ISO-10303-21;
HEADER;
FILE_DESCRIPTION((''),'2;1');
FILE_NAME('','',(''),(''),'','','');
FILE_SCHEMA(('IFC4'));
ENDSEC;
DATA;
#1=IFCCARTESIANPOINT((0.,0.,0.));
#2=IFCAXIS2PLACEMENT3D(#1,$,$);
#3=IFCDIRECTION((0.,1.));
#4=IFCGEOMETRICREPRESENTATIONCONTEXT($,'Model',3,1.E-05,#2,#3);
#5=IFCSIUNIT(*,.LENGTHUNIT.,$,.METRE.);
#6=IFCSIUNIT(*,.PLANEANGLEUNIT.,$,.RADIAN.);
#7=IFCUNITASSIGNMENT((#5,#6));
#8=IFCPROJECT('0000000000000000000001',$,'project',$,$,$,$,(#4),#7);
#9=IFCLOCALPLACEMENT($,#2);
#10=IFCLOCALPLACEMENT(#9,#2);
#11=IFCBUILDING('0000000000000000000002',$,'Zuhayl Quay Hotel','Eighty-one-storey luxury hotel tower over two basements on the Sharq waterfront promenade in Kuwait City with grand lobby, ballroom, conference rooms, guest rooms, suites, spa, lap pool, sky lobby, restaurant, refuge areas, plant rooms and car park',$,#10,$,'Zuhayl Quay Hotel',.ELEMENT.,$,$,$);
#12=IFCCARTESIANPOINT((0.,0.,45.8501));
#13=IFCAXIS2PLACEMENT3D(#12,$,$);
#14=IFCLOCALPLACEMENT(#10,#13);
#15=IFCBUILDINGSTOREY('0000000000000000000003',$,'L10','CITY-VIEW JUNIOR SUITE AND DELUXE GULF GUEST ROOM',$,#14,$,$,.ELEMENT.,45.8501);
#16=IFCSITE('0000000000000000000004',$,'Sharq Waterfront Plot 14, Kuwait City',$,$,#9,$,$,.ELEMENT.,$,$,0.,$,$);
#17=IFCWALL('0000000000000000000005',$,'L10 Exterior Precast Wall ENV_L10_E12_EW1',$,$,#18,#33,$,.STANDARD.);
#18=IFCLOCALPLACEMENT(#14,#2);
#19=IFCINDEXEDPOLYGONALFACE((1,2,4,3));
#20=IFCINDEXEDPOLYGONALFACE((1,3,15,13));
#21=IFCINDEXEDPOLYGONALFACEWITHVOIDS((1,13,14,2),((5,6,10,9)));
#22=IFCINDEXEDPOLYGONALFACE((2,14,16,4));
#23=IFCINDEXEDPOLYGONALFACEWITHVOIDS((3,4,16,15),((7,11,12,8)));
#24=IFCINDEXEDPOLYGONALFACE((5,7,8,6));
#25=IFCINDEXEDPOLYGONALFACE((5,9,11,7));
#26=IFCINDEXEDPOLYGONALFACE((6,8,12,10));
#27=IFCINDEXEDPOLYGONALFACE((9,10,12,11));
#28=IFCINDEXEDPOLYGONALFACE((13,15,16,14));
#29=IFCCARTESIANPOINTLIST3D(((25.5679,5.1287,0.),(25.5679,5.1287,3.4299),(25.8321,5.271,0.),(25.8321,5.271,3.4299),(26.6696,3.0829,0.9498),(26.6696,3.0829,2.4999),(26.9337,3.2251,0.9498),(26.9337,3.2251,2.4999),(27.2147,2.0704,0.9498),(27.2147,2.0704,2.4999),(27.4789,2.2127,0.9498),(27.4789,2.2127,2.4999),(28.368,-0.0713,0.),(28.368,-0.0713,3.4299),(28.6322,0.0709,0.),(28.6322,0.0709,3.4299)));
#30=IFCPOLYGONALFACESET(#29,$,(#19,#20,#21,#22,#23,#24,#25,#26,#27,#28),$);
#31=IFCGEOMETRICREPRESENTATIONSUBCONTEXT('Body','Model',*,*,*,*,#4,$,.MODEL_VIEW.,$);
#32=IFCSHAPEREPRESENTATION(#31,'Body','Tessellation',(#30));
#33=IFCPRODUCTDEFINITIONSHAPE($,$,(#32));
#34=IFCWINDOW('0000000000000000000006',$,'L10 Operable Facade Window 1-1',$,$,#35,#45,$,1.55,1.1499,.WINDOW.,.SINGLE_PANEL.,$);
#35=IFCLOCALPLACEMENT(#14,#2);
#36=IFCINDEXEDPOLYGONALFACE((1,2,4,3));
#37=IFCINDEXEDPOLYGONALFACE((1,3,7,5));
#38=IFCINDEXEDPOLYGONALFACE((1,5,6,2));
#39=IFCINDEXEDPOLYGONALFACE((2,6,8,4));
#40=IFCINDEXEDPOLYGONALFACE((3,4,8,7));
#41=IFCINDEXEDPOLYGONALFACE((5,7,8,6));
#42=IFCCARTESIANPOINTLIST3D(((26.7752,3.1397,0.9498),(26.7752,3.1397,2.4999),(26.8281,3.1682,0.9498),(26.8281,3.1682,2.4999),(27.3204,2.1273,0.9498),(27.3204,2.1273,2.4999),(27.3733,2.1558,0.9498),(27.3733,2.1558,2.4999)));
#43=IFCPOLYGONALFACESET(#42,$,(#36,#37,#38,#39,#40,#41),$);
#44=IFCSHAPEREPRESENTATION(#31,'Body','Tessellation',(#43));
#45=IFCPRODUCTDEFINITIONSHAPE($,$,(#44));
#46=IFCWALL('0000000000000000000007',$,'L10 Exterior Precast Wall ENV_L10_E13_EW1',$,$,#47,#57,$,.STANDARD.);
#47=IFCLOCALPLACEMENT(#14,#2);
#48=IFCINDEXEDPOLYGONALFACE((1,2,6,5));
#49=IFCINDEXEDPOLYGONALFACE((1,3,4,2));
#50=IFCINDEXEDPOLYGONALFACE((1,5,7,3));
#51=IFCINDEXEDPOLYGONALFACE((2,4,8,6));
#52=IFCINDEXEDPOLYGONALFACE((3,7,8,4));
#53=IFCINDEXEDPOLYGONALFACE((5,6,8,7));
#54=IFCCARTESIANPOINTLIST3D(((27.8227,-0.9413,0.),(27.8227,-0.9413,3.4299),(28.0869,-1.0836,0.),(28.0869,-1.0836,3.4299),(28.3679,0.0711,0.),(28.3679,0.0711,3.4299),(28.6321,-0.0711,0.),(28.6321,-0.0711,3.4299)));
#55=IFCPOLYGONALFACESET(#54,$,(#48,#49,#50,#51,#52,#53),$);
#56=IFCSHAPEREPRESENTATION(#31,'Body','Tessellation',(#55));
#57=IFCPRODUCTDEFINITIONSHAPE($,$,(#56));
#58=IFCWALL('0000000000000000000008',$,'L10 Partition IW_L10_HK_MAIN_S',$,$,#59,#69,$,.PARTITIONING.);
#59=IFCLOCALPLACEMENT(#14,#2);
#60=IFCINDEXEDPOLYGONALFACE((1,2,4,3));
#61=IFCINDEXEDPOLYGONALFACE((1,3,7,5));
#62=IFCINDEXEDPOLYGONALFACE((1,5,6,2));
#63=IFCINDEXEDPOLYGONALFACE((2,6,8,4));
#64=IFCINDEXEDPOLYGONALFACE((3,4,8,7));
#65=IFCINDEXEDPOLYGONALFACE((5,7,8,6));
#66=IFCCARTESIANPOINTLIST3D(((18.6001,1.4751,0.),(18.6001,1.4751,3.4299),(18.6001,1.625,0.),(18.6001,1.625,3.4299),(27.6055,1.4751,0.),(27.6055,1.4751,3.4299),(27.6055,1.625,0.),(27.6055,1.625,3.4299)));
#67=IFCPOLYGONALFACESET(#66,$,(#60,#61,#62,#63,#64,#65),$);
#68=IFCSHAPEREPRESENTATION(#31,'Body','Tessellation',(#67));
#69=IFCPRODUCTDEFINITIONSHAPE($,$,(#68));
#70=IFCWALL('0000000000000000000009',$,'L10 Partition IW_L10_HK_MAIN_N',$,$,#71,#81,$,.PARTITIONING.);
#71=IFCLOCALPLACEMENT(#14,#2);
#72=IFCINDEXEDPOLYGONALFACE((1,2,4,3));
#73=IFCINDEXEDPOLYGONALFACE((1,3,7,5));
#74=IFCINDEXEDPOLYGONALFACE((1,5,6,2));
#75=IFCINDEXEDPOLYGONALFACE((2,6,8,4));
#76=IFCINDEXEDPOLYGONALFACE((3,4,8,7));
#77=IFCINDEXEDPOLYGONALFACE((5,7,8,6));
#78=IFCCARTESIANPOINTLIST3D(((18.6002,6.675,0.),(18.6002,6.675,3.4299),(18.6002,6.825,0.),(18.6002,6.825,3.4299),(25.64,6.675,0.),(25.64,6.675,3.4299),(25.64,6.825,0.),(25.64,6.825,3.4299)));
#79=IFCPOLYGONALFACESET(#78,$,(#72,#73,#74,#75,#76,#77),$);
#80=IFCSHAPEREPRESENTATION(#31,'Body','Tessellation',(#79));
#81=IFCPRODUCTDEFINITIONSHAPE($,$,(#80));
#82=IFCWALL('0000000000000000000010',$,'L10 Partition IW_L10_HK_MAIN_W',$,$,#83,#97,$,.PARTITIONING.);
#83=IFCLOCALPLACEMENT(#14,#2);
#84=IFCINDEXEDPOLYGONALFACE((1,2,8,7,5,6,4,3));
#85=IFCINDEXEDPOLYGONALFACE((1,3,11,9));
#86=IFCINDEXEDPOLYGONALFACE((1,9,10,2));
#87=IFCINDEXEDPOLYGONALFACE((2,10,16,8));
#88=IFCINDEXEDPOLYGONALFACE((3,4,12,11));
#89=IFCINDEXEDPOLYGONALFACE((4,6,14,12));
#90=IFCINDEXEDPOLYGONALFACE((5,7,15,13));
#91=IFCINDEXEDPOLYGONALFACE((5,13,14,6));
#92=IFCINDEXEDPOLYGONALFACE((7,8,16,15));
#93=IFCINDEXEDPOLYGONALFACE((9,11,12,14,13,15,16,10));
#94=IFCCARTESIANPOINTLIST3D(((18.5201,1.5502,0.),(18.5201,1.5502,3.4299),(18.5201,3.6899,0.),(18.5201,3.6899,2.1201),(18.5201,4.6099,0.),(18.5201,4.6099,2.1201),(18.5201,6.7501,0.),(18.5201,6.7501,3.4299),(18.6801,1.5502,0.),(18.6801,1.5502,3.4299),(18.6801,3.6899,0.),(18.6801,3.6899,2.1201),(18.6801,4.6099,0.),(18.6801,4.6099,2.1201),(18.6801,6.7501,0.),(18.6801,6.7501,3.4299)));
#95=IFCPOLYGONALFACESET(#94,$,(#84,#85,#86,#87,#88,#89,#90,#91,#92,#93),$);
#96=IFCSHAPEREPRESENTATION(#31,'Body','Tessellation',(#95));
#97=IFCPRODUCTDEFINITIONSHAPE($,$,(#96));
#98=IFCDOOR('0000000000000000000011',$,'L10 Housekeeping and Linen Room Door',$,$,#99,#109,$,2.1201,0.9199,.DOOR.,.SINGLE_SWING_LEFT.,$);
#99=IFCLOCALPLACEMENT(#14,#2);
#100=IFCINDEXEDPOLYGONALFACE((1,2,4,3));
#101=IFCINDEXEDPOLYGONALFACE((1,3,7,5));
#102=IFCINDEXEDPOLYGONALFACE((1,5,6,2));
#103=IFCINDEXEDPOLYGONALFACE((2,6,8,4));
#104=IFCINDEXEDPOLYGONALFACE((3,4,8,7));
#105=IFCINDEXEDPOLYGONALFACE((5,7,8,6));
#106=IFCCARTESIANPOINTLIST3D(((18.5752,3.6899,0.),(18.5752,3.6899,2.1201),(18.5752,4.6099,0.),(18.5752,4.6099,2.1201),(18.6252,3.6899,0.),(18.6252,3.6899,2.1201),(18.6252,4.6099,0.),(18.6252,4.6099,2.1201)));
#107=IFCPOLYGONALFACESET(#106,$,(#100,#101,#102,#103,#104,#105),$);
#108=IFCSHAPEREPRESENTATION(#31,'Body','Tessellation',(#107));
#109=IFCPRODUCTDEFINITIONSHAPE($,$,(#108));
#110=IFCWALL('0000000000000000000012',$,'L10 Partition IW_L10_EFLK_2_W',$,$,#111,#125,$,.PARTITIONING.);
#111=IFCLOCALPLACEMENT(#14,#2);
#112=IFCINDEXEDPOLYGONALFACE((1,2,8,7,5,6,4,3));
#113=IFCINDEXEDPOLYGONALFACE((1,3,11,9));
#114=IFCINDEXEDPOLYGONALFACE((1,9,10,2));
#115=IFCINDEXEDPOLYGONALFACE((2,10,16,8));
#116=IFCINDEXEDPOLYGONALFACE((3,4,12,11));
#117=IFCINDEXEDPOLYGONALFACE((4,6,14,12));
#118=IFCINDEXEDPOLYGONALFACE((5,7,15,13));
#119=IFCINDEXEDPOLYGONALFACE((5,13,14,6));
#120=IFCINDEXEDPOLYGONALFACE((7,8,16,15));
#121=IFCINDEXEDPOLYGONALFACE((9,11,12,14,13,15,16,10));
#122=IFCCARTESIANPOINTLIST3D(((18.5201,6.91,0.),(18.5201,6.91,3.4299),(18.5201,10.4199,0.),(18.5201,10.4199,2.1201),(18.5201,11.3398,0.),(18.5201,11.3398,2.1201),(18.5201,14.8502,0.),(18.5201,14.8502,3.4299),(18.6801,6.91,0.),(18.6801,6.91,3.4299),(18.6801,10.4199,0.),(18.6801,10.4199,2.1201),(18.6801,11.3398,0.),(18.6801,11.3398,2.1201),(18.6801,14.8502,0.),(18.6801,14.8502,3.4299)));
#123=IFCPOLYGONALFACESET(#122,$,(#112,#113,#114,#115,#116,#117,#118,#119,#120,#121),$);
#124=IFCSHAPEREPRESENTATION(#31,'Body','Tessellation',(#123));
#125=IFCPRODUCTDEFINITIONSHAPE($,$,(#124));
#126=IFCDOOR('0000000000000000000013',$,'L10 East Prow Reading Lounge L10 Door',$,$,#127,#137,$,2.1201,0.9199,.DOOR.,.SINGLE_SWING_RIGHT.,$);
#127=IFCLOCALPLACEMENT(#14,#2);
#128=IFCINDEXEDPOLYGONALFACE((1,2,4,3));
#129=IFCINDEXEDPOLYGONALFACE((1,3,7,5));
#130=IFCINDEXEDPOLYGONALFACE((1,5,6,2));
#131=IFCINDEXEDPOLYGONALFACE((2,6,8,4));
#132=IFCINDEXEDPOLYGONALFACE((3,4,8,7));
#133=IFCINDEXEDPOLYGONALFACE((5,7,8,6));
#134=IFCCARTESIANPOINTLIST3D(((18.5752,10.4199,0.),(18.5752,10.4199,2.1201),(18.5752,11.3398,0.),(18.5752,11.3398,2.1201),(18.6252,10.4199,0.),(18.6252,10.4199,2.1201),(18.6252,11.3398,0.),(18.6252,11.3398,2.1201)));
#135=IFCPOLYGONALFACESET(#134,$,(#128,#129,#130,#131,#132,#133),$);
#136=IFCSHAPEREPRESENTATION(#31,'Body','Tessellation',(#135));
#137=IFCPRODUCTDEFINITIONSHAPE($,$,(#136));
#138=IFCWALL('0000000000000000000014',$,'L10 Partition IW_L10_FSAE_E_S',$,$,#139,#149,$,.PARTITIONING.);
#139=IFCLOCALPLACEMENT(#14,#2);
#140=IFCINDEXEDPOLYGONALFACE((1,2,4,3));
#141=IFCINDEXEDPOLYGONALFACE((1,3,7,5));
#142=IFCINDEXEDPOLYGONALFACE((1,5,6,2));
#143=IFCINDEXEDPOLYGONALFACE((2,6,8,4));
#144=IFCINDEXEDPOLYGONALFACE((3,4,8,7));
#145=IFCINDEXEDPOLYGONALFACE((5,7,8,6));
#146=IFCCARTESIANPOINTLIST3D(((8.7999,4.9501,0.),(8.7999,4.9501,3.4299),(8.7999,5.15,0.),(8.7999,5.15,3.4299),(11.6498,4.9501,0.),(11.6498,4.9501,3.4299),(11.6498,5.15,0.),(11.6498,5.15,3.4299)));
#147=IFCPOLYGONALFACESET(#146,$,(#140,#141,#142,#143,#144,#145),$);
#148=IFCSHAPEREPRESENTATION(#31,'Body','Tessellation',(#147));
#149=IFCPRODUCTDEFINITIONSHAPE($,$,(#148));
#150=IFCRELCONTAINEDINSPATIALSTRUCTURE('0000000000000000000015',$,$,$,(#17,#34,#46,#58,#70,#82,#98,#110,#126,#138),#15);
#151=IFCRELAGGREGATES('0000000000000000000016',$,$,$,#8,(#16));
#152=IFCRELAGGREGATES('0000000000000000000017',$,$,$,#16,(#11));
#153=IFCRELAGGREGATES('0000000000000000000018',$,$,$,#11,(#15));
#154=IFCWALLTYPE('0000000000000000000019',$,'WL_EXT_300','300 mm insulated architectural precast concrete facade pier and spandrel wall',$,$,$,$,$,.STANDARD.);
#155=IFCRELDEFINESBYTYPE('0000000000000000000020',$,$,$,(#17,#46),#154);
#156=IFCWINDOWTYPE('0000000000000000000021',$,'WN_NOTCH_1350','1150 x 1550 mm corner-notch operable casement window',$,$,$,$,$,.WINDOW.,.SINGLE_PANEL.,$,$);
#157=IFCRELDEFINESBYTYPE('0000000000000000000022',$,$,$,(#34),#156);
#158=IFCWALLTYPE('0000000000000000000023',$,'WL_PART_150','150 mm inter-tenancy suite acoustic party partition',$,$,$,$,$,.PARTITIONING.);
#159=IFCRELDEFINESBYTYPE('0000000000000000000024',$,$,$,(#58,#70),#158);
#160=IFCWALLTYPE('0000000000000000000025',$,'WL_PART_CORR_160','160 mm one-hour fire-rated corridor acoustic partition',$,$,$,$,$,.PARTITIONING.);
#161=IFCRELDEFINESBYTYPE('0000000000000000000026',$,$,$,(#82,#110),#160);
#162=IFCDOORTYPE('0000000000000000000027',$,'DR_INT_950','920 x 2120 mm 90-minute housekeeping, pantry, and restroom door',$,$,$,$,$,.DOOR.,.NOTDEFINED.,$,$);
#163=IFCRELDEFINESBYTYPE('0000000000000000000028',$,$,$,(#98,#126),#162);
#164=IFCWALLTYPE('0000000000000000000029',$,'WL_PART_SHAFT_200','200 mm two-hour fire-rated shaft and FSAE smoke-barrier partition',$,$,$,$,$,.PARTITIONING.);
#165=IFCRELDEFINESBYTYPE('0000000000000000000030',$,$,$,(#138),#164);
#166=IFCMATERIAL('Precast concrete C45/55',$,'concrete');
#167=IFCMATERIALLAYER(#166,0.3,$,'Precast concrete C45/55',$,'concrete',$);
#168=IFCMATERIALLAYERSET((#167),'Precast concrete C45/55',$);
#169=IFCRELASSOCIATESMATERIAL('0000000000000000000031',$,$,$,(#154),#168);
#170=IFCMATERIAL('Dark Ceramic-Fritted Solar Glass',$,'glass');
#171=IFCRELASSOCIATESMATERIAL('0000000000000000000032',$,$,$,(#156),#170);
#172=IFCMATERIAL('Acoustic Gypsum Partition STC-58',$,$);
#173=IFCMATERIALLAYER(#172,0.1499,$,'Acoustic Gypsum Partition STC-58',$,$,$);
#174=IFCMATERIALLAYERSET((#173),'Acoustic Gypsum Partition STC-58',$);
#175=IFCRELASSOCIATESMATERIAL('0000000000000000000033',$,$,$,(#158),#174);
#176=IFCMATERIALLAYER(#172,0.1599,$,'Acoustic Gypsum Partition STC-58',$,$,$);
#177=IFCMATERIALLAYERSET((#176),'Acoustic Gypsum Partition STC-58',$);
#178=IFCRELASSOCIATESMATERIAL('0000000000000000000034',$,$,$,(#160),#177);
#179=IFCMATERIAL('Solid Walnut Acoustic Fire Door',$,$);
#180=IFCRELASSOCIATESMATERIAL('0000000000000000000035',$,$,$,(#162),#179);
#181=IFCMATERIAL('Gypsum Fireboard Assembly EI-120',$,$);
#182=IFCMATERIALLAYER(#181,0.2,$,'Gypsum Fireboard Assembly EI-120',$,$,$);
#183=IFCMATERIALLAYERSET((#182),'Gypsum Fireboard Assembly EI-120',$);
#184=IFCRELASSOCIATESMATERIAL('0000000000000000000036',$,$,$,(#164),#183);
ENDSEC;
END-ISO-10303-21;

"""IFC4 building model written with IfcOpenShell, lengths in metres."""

from ifc_helpers import new_model, si_unit, direction, frame, frame_2d, origin, place, context, subcontext, project, spatial, rectangle, extrude, material, layer, layer_set, type_object, element, fill, save


model = new_model("IFC4")

# Units and contexts
model_context = context("Model", 3, precision=1e-05, world=origin(), true_north=direction((0.0, 1.0)))
body_context = subcontext(model_context, "Body", "Model", "MODEL_VIEW")
ifc_project = project(units=[si_unit("LENGTHUNIT", "METRE"), si_unit("PLANEANGLEUNIT", "RADIAN")], contexts=[model_context])

# Site, building, storey
site_placement = place(None, origin())
site = spatial("IfcSite", under=ifc_project, at=site_placement, Name="Sharq Waterfront Plot 14, Kuwait City", CompositionType="ELEMENT", RefElevation=0.0)
building_placement = place(site_placement, origin())
building = spatial("IfcBuilding", under=site, at=building_placement, Name="Zuhayl Quay Hotel", Description="Eighty-one-storey luxury hotel tower over two basements on the Sharq waterfront promenade in Kuwait City with grand lobby, ballroom, conference rooms, guest rooms, suites, spa, lap pool, sky lobby, restaurant, refuge areas, plant rooms and car park", LongName="Zuhayl Quay Hotel", CompositionType="ELEMENT")
storey_placement = place(building_placement, frame((0.0, 0.0, 45.8501)))
storey = spatial("IfcBuildingStorey", under=building, at=storey_placement, Name="L10", Description="CITY-VIEW JUNIOR SUITE AND DELUXE GULF GUEST ROOM", CompositionType="ELEMENT", Elevation=45.8501)

# Shared definitions
ifc_material_1 = material(Name="Dark Ceramic-Fritted Solar Glass", Category="glass")

# Shared definitions
ifc_material_2 = material(Name="Precast concrete C45/55", Category="concrete")
ifc_layer_1 = layer(ifc_material_2, 0.3, Name="Precast concrete C45/55", Category="concrete")
ifc_layer_set_1 = layer_set([ifc_layer_1], Name="Precast concrete C45/55")
wall_type_1 = type_object("IfcWallType", Name="WL_EXT_300", Description="300 mm insulated architectural precast concrete facade pier and spandrel wall", PredefinedType="STANDARD", material=ifc_layer_set_1)

# Wall, opening, window
wall_1_placement = place(storey_placement, frame((25.7, 5.2, 0.0), z_axis=(0.0, 0.0, 1.0), x_axis=(0.47411, -0.880466, 0.0)))
wall_1 = element("IfcWall", 1, at=wall_1_placement, inside=storey, type_object=wall_type_1, Name="L10 Exterior Precast Wall ENV_L10_E12_EW1", PredefinedType="STANDARD", context=body_context, shape_type="SweptSolid", body=[
    extrude(rectangle(XDim=5.906, YDim=0.3, at=frame_2d((2.9531, 0.0))), origin(), (0.0, 0.0, 1.0), 3.4299),
])
opening_1_placement = place(wall_1_placement, frame((2.3237, 0.0, 0.95)))
opening_1 = element("IfcOpeningElement", 2, at=opening_1_placement, cuts=wall_1, PredefinedType="OPENING", context=body_context, shape_type="SweptSolid", body=[
    extrude(rectangle(XDim=1.1499, YDim=1.55, at=frame_2d((0.575, 0.7749))), frame((0.0, 0.1599, 0.0), z_axis=(0.0, -1.0, 0.0), x_axis=(1.0, 0.0, 0.0)), (0.0, 0.0, 1.0), 0.3201),
])
window_type = type_object("IfcWindowType", Name="WN_NOTCH_1350", Description="1150 x 1550 mm corner-notch operable casement window", PartitioningType="SINGLE_PANEL", PredefinedType="WINDOW", material=ifc_material_1)
window_placement = place(opening_1_placement, origin())
window = element("IfcWindow", 3, at=window_placement, inside=storey, type_object=window_type, Name="L10 Operable Facade Window 1-1", OverallHeight=1.55, OverallWidth=1.1499, PartitioningType="SINGLE_PANEL", PredefinedType="WINDOW", context=body_context, shape_type="SweptSolid", body=[
    extrude(rectangle(XDim=1.1499, YDim=1.55, at=frame_2d((0.575, 0.7749))), frame((0.0, 0.03, 0.0), z_axis=(0.0, -1.0, 0.0), x_axis=(1.0, 0.0, 0.0)), (0.0, 0.0, 1.0), 0.0601),
])
fill(opening_1, window)

# Walls
wall_2_placement = place(storey_placement, frame((28.5, 0.0, 0.0), z_axis=(0.0, 0.0, 1.0), x_axis=(-0.4741, -0.880471, 0.0)))
element("IfcWall", 4, at=wall_2_placement, inside=storey, type_object=wall_type_1, Name="L10 Exterior Precast Wall ENV_L10_E13_EW1", PredefinedType="STANDARD", context=body_context, shape_type="SweptSolid", body=[
    extrude(rectangle(XDim=1.1499, YDim=0.3, at=frame_2d((0.575, 0.0))), origin(), (0.0, 0.0, 1.0), 3.4299),
])
ifc_material_3 = material(Name="Acoustic Gypsum Partition STC-58")
ifc_layer_2 = layer(ifc_material_3, 0.1499, Name="Acoustic Gypsum Partition STC-58")
ifc_layer_set_2 = layer_set([ifc_layer_2], Name="Acoustic Gypsum Partition STC-58")
wall_type_2 = type_object("IfcWallType", Name="WL_PART_150", Description="150 mm inter-tenancy suite acoustic party partition", PredefinedType="PARTITIONING", material=ifc_layer_set_2)
wall_3_placement = place(storey_placement, frame((18.6001, 1.55, 0.0), z_axis=(0.0, 0.0, 1.0), x_axis=(1.0, 0.0, 0.0)))
element("IfcWall", 5, at=wall_3_placement, inside=storey, type_object=wall_type_2, Name="L10 Partition IW_L10_HK_MAIN_S", PredefinedType="PARTITIONING", context=body_context, shape_type="SweptSolid", body=[
    extrude(rectangle(XDim=9.0054, YDim=0.1499, at=frame_2d((4.5027, 0.0))), origin(), (0.0, 0.0, 1.0), 3.4299),
])
wall_4_placement = place(storey_placement, frame((18.6001, 6.75, 0.0), z_axis=(0.0, 0.0, 1.0), x_axis=(1.0, 0.0, 0.0)))
element("IfcWall", 6, at=wall_4_placement, inside=storey, type_object=wall_type_2, Name="L10 Partition IW_L10_HK_MAIN_N", PredefinedType="PARTITIONING", context=body_context, shape_type="SweptSolid", body=[
    extrude(rectangle(XDim=7.0398, YDim=0.1499, at=frame_2d((3.52, 0.0))), origin(), (0.0, 0.0, 1.0), 3.4299),
])

# Walls, openings, doors
ifc_layer_3 = layer(ifc_material_3, 0.1599, Name="Acoustic Gypsum Partition STC-58")
ifc_layer_set_3 = layer_set([ifc_layer_3], Name="Acoustic Gypsum Partition STC-58")
wall_type_3 = type_object("IfcWallType", Name="WL_PART_CORR_160", Description="160 mm one-hour fire-rated corridor acoustic partition", PredefinedType="PARTITIONING", material=ifc_layer_set_3)
wall_5_placement = place(storey_placement, frame((18.6001, 1.55, 0.0), z_axis=(0.0, 0.0, 1.0), x_axis=(0.0, 1.0, 0.0)))
wall_5 = element("IfcWall", 7, at=wall_5_placement, inside=storey, type_object=wall_type_3, Name="L10 Partition IW_L10_HK_MAIN_W", PredefinedType="PARTITIONING", context=body_context, shape_type="SweptSolid", body=[
    extrude(rectangle(XDim=5.2, YDim=0.1599, at=frame_2d((2.6001, 0.0))), origin(), (0.0, 0.0, 1.0), 3.4299),
])
opening_2_placement = place(wall_5_placement, frame((2.1399, 0.0, 0.0)))
opening_2 = element("IfcOpeningElement", 8, at=opening_2_placement, cuts=wall_5, PredefinedType="OPENING", context=body_context, shape_type="SweptSolid", body=[
    extrude(rectangle(XDim=0.9199, YDim=2.1201, at=frame_2d((0.46, 1.0601))), frame((0.0, 0.0898, 0.0), z_axis=(0.0, -1.0, 0.0), x_axis=(1.0, 0.0, 0.0)), (0.0, 0.0, 1.0), 0.1799),
])
ifc_material_4 = material(Name="Solid Walnut Acoustic Fire Door")
door_type = type_object("IfcDoorType", Name="DR_INT_950", Description="920 x 2120 mm 90-minute housekeeping, pantry, and restroom door", OperationType="NOTDEFINED", PredefinedType="DOOR", material=ifc_material_4)
door_1_placement = place(opening_2_placement, origin())
door_1 = element("IfcDoor", 9, at=door_1_placement, inside=storey, type_object=door_type, Name="L10 Housekeeping and Linen Room Door", OperationType="SINGLE_SWING_LEFT", OverallHeight=2.1201, OverallWidth=0.9199, PredefinedType="DOOR", context=body_context, shape_type="SweptSolid", body=[
    extrude(rectangle(XDim=0.9199, YDim=2.1201, at=frame_2d((0.46, 1.0601))), frame((0.0, 0.0249, 0.0), z_axis=(0.0, -1.0, 0.0), x_axis=(1.0, 0.0, 0.0)), (0.0, 0.0, 1.0), 0.05),
])
fill(opening_2, door_1)
wall_6_placement = place(storey_placement, frame((18.6001, 6.9099, 0.0), z_axis=(0.0, 0.0, 1.0), x_axis=(0.0, 1.0, 0.0)))
wall_6 = element("IfcWall", 10, at=wall_6_placement, inside=storey, type_object=wall_type_3, Name="L10 Partition IW_L10_EFLK_2_W", PredefinedType="PARTITIONING", context=body_context, shape_type="SweptSolid", body=[
    extrude(rectangle(XDim=7.9402, YDim=0.1599, at=frame_2d((3.9702, 0.0))), origin(), (0.0, 0.0, 1.0), 3.4299),
])
opening_3_placement = place(wall_6_placement, frame((3.51, 0.0, 0.0)))
opening_3 = element("IfcOpeningElement", 11, at=opening_3_placement, cuts=wall_6, PredefinedType="OPENING", context=body_context, shape_type="SweptSolid", body=[
    extrude(rectangle(XDim=0.9199, YDim=2.1201, at=frame_2d((0.46, 1.0601))), frame((0.0, 0.0898, 0.0), z_axis=(0.0, -1.0, 0.0), x_axis=(1.0, 0.0, 0.0)), (0.0, 0.0, 1.0), 0.1799),
])
door_2_placement = place(opening_3_placement, origin())
door_2 = element("IfcDoor", 12, at=door_2_placement, inside=storey, type_object=door_type, Name="L10 East Prow Reading Lounge L10 Door", OperationType="SINGLE_SWING_RIGHT", OverallHeight=2.1201, OverallWidth=0.9199, PredefinedType="DOOR", context=body_context, shape_type="SweptSolid", body=[
    extrude(rectangle(XDim=0.9199, YDim=2.1201, at=frame_2d((0.46, 1.0601))), frame((0.0, 0.0249, 0.0), z_axis=(0.0, -1.0, 0.0), x_axis=(1.0, 0.0, 0.0)), (0.0, 0.0, 1.0), 0.05),
])
fill(opening_3, door_2)

# Wall
ifc_material_5 = material(Name="Gypsum Fireboard Assembly EI-120")
ifc_layer_4 = layer(ifc_material_5, 0.2, Name="Gypsum Fireboard Assembly EI-120")
ifc_layer_set_4 = layer_set([ifc_layer_4], Name="Gypsum Fireboard Assembly EI-120")
wall_type_4 = type_object("IfcWallType", Name="WL_PART_SHAFT_200", Description="200 mm two-hour fire-rated shaft and FSAE smoke-barrier partition", PredefinedType="PARTITIONING", material=ifc_layer_set_4)
wall_7_placement = place(storey_placement, frame((8.8, 5.05, 0.0), z_axis=(0.0, 0.0, 1.0), x_axis=(1.0, 0.0, 0.0)))
element("IfcWall", 13, at=wall_7_placement, inside=storey, type_object=wall_type_4, Name="L10 Partition IW_L10_FSAE_E_S", PredefinedType="PARTITIONING", context=body_context, shape_type="SweptSolid", body=[
    extrude(rectangle(XDim=2.8499, YDim=0.2, at=frame_2d((1.4248, 0.0))), origin(), (0.0, 0.0, 1.0), 3.4299),
])

save(model, "model.ifc")
